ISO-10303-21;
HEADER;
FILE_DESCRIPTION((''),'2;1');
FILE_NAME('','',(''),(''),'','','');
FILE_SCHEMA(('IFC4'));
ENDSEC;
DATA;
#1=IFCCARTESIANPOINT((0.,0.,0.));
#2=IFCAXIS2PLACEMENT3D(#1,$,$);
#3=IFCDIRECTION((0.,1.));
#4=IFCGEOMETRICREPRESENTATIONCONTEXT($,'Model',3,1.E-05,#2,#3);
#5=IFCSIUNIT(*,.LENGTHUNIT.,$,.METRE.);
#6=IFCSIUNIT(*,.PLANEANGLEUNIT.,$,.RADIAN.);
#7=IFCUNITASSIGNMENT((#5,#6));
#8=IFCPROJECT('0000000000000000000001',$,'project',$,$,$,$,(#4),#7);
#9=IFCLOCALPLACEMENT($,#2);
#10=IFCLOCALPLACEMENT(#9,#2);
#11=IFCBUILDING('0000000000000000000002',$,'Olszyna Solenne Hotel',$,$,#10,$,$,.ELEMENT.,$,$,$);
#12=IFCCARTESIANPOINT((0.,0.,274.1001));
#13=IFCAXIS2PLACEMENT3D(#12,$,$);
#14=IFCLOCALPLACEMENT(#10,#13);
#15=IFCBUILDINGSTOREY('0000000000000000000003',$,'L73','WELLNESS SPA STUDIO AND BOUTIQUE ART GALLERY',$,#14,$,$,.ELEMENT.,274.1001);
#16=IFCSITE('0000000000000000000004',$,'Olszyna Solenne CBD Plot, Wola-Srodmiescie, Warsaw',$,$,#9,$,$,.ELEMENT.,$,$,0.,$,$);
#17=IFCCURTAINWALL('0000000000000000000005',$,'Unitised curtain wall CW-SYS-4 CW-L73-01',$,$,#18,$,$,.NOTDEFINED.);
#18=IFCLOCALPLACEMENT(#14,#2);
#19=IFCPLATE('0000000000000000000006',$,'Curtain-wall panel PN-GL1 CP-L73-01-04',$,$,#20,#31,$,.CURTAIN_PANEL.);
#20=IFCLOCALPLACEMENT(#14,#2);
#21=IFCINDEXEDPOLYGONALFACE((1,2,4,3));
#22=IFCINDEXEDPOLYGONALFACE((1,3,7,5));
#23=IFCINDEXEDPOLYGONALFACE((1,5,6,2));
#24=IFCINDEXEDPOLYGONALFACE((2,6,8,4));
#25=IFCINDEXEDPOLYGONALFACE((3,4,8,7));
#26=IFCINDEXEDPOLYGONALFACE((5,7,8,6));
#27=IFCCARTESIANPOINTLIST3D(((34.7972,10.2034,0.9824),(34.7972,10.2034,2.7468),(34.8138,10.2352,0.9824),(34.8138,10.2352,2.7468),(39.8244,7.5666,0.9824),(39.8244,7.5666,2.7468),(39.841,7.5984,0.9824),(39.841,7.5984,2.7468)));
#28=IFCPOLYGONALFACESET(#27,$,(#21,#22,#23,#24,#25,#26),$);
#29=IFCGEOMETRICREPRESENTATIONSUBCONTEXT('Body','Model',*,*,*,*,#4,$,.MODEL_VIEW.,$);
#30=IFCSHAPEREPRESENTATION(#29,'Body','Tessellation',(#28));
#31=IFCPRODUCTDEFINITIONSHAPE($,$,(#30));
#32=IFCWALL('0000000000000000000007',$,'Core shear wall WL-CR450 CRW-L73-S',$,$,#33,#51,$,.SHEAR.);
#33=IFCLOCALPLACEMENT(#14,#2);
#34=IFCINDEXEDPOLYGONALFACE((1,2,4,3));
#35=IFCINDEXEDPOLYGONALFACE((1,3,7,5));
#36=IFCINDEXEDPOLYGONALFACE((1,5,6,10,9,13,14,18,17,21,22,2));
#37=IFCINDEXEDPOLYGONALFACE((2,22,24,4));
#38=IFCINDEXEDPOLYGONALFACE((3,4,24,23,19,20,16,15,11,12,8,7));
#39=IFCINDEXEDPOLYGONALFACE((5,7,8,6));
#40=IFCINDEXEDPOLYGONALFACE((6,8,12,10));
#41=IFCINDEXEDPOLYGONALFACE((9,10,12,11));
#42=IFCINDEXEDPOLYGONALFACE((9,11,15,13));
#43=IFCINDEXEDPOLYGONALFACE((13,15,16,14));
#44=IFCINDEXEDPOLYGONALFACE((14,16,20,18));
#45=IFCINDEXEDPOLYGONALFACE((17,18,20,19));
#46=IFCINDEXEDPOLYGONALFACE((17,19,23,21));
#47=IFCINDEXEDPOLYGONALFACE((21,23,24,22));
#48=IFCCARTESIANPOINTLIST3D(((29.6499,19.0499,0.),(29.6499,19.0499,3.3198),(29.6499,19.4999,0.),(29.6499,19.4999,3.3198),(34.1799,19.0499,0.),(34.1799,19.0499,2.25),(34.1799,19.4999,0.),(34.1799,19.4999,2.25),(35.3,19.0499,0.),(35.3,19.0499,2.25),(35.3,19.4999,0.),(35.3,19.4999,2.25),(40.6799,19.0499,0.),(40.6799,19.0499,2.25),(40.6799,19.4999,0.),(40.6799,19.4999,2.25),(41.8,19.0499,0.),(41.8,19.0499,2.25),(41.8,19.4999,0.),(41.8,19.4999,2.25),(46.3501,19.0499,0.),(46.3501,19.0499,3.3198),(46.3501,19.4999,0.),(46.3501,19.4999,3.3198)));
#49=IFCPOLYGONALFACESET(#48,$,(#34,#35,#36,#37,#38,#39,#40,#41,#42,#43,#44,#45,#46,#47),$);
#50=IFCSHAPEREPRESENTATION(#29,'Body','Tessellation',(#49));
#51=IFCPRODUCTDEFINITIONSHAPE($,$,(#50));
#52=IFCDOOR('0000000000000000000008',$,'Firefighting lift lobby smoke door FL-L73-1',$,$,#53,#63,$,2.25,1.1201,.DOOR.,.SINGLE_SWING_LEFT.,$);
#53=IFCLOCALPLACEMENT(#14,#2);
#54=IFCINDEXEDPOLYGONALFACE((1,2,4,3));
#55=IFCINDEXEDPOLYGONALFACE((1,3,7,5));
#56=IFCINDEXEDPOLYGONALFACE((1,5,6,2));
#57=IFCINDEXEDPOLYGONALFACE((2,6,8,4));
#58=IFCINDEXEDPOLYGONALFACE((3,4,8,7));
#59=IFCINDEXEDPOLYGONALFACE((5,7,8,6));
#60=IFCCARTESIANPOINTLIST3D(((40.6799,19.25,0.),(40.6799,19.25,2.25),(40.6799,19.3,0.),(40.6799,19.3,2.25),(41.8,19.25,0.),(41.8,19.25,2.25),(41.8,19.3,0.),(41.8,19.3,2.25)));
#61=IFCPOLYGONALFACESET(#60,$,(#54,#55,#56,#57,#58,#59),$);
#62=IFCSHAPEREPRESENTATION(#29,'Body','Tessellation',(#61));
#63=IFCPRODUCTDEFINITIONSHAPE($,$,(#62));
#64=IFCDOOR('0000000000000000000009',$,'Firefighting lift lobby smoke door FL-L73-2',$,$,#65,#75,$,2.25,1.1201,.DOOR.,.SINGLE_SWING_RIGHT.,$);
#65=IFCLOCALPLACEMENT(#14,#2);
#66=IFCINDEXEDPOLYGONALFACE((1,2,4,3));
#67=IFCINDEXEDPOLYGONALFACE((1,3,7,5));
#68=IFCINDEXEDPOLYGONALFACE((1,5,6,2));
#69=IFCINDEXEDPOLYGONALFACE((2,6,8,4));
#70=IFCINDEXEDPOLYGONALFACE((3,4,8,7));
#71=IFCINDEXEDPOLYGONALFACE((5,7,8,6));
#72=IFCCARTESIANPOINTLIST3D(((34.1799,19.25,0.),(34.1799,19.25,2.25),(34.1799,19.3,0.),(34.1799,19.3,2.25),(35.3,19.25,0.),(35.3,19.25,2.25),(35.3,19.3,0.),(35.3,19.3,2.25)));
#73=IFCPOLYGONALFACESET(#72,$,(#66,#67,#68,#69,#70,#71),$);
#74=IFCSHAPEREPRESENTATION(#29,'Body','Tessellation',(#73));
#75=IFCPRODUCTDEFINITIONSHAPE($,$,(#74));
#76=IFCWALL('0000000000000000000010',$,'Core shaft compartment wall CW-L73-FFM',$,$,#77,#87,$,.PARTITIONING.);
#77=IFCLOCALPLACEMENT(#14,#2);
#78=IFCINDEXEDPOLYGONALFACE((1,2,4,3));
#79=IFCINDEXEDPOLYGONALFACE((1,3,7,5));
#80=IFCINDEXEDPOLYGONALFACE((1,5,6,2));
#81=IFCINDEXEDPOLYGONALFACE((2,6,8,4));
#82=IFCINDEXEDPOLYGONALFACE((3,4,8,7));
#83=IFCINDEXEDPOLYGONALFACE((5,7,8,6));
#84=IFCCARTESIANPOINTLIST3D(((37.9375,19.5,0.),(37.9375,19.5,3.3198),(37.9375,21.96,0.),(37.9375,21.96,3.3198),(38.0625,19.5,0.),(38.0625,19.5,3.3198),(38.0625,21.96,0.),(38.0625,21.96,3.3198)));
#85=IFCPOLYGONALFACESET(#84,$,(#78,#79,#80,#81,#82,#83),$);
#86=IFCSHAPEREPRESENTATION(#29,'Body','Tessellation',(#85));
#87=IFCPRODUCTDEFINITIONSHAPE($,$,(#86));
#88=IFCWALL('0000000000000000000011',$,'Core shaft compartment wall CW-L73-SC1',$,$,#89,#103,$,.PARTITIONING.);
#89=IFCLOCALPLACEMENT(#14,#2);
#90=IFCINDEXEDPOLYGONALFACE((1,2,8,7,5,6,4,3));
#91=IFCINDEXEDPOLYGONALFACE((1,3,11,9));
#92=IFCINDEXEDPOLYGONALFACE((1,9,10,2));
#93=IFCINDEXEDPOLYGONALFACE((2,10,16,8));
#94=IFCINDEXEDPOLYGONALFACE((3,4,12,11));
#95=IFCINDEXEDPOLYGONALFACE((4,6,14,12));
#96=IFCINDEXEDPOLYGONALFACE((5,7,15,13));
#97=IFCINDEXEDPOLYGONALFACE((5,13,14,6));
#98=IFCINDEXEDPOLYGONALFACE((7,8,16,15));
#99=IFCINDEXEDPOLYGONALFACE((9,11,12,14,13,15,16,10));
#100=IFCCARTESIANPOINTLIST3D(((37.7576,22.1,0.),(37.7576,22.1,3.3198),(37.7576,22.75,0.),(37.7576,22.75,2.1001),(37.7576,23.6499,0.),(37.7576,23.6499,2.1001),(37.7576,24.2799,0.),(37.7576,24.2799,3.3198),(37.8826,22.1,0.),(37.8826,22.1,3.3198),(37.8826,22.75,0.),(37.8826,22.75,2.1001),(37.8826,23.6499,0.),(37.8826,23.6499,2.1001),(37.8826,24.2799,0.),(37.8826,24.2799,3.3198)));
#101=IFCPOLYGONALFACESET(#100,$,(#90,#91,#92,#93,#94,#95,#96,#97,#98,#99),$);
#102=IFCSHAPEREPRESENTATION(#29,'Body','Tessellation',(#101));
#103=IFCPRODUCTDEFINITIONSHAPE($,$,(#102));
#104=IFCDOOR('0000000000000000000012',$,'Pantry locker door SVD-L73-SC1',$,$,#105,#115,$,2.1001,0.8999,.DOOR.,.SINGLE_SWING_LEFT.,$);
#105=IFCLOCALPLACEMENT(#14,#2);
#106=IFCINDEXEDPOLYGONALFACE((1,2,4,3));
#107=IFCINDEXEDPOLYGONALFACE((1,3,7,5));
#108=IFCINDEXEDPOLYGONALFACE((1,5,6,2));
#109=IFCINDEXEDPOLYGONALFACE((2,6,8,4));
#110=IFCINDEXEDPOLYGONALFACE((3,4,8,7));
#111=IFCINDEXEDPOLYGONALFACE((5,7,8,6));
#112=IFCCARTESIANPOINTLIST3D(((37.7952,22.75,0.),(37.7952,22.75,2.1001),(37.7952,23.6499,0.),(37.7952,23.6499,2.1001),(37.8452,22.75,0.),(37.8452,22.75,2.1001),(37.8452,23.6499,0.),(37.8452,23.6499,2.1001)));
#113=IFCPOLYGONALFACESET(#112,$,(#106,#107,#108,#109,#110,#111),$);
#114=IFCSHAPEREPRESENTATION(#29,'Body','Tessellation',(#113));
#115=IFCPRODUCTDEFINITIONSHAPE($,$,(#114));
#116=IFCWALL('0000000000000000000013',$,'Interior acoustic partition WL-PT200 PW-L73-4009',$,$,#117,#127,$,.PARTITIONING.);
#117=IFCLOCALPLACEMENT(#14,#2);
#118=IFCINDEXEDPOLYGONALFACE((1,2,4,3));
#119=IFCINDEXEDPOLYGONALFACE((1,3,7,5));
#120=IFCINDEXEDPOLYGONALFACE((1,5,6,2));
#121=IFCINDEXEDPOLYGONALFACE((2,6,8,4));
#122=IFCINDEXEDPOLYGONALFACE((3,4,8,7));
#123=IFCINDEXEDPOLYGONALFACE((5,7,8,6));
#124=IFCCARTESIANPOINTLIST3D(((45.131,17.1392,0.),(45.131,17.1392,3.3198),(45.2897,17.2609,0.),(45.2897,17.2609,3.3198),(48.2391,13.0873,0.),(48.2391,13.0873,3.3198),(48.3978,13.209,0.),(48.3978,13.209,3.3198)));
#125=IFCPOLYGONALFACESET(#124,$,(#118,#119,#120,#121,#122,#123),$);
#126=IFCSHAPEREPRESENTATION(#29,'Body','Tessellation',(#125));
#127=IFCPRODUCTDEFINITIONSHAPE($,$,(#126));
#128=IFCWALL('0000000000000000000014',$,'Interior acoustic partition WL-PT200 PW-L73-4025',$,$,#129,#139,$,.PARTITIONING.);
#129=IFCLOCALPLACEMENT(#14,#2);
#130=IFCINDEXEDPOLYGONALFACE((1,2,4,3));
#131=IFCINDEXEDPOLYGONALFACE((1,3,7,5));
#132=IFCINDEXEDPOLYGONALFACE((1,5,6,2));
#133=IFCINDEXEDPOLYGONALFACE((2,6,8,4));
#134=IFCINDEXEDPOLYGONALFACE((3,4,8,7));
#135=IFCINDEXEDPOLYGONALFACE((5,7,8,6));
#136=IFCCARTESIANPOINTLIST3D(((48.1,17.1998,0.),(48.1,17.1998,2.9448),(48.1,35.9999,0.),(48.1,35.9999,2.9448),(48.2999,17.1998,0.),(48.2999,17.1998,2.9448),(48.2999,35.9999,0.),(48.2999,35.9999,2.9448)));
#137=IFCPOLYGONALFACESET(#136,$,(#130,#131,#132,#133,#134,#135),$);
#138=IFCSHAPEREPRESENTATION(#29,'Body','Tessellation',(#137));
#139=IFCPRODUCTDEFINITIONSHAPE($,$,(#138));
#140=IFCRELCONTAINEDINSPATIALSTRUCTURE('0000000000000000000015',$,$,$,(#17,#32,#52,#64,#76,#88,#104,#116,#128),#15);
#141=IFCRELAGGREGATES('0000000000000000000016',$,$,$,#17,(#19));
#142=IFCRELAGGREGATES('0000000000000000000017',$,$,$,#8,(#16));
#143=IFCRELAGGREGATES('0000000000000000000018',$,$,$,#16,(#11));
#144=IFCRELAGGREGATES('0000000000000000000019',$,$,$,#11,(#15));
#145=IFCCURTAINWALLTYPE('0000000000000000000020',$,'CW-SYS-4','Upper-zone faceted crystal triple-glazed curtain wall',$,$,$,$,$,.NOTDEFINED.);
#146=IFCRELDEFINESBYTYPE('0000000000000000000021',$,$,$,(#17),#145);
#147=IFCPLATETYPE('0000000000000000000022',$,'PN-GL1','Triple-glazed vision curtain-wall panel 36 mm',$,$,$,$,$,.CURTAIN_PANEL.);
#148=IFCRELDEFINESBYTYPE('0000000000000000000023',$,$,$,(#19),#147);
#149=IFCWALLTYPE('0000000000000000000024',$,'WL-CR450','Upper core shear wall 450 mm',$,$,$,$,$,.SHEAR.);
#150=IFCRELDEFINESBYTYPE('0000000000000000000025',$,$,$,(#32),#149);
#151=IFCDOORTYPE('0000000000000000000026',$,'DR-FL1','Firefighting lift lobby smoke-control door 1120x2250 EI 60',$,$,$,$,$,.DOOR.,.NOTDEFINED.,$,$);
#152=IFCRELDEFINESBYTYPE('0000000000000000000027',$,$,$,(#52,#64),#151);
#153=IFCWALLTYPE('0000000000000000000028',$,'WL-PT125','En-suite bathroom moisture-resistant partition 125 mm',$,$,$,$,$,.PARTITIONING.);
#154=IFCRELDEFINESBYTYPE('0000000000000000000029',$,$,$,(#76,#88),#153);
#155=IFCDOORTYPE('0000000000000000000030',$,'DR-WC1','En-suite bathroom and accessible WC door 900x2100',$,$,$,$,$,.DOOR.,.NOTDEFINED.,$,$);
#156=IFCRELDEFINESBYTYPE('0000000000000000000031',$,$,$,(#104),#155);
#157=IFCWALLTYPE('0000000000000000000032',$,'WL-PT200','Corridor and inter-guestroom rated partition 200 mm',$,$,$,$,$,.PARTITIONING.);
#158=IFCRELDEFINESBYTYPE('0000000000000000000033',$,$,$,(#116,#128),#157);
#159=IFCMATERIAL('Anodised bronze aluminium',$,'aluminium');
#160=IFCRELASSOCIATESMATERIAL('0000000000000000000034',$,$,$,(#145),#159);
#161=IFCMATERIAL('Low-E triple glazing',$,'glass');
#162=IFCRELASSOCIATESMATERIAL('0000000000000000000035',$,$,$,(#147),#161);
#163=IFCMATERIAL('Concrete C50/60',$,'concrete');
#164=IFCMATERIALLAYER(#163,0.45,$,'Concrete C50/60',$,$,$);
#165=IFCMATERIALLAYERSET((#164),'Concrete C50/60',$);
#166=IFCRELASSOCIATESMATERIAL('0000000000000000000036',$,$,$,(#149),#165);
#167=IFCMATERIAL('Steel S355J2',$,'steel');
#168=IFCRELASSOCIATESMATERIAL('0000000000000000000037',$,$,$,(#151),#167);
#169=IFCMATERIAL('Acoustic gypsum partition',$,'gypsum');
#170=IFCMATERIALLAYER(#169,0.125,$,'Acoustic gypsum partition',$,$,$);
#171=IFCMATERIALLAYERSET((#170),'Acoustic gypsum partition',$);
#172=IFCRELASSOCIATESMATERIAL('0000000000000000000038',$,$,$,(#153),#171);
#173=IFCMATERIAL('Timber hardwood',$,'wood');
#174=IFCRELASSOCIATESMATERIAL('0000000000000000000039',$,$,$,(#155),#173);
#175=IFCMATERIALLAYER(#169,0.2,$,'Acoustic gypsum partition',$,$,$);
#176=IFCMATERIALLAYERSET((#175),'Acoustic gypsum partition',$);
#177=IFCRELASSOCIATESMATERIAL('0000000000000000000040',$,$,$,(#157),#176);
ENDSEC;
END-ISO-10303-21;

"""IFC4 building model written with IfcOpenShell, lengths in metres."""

from ifc_helpers import new_model, si_unit, direction, frame, frame_2d, origin, origin_2d, place, context, subcontext, project, spatial, rectangle, extrude, source, transform, mapped, material, layer, layer_set, type_object, type_shapes, element, fill, aggregate, save


model = new_model("IFC4")

# Units and contexts
model_context = context("Model", 3, precision=1e-05, world=origin(), true_north=direction((0.0, 1.0)))
body_context = subcontext(model_context, "Body", "Model", "MODEL_VIEW")
ifc_project = project(units=[si_unit("LENGTHUNIT", "METRE"), si_unit("PLANEANGLEUNIT", "RADIAN")], contexts=[model_context])

# Site, building, storey
site_placement = place(None, origin())
site = spatial("IfcSite", under=ifc_project, at=site_placement, Name="Olszyna Solenne CBD Plot, Wola-Srodmiescie, Warsaw", CompositionType="ELEMENT", RefElevation=0.0)
building_placement = place(site_placement, origin())
building = spatial("IfcBuilding", under=site, at=building_placement, Name="Olszyna Solenne Hotel", CompositionType="ELEMENT")
storey_placement = place(building_placement, frame((0.0, 0.0, 274.1001)))
storey = spatial("IfcBuildingStorey", under=building, at=storey_placement, Name="L73", Description="WELLNESS SPA STUDIO AND BOUTIQUE ART GALLERY", CompositionType="ELEMENT", Elevation=274.1001)

# Shared definitions
ifc_material_1 = material(Name="Steel S355J2", Category="steel")

# Curtain wall
ifc_material_2 = material(Name="Anodised bronze aluminium", Category="aluminium")
curtain_wall_type = type_object("IfcCurtainWallType", Name="CW-SYS-4", Description="Upper-zone faceted crystal triple-glazed curtain wall", PredefinedType="NOTDEFINED", material=ifc_material_2)
curtain_wall_placement = place(storey_placement, origin())
curtain_wall = element("IfcCurtainWall", 1, at=curtain_wall_placement, inside=storey, type_object=curtain_wall_type, Name="Unitised curtain wall CW-SYS-4 CW-L73-01", PredefinedType="NOTDEFINED")

# Shared definitions
ifc_material_3 = material(Name="Concrete C50/60", Category="concrete")

# Plate
ifc_material_4 = material(Name="Low-E triple glazing", Category="glass")
plate_type_1 = type_object("IfcPlateType", Name="PN-GL1", Description="Triple-glazed vision curtain-wall panel 36 mm", PredefinedType="CURTAIN_PANEL", material=ifc_material_4)
shared_shape_1 = source(origin(), body_context, "Body", "SweptSolid", [
    extrude(rectangle(XDim=5.6768, YDim=0.0359, at=origin_2d()), origin(), (0.0, 0.0, 1.0), 1.7644),
])
plate_1_placement = place(storey_placement, frame((37.3191, 8.9009, 0.9824), z_axis=(0.0, 0.0, 1.0), x_axis=(0.885576, -0.464494, 0.0)))
plate_1 = element("IfcPlate", 2, at=plate_1_placement, type_object=plate_type_1, Name="Curtain-wall panel PN-GL1 CP-L73-01-04", PredefinedType="CURTAIN_PANEL", context=body_context, shape_type="MappedRepresentation", body=[
    mapped(shared_shape_1, transform((0.0, 0.0, 0.0), x_axis=(1.0, 0.0, 0.0), y_axis=(0.0, 1.0, 0.0), z_axis=(0.0, 0.0, 1.0), scale=1.0)),
])
aggregate(curtain_wall, [plate_1])

# Wall, openings, doors
ifc_layer_1 = layer(ifc_material_3, 0.45, Name="Concrete C50/60")
ifc_layer_set_1 = layer_set([ifc_layer_1], Name="Concrete C50/60")
wall_type_1 = type_object("IfcWallType", Name="WL-CR450", Description="Upper core shear wall 450 mm", PredefinedType="SHEAR", material=ifc_layer_set_1)
wall_1_placement = place(storey_placement, frame((46.3501, 19.2749, 0.0), z_axis=(0.0, 0.0, 1.0), x_axis=(-1.0, 0.0, 0.0)))
wall_1 = element("IfcWall", 3, at=wall_1_placement, inside=storey, type_object=wall_type_1, Name="Core shear wall WL-CR450 CRW-L73-S", PredefinedType="SHEAR", context=body_context, shape_type="SweptSolid", body=[
    extrude(rectangle(XDim=16.7002, YDim=0.45, at=frame_2d((8.3501, 0.0))), origin(), (0.0, 0.0, 1.0), 3.3198),
])
opening_1_placement = place(wall_1_placement, frame((4.55, 0.0, 0.0)))
opening_1 = element("IfcOpeningElement", 4, at=opening_1_placement, cuts=wall_1, PredefinedType="OPENING", context=body_context, shape_type="SweptSolid", body=[
    extrude(rectangle(XDim=1.1201, YDim=2.25, at=frame_2d((0.5601, 1.125))), frame((0.0, 0.2349, 0.0), z_axis=(0.0, -1.0, 0.0), x_axis=(1.0, 0.0, 0.0)), (0.0, 0.0, 1.0), 0.47),
])
opening_2_placement = place(wall_1_placement, frame((11.05, 0.0, 0.0)))
opening_2 = element("IfcOpeningElement", 5, at=opening_2_placement, cuts=wall_1, PredefinedType="OPENING", context=body_context, shape_type="SweptSolid", body=[
    extrude(rectangle(XDim=1.1201, YDim=2.25, at=frame_2d((0.5601, 1.125))), frame((0.0, 0.2349, 0.0), z_axis=(0.0, -1.0, 0.0), x_axis=(1.0, 0.0, 0.0)), (0.0, 0.0, 1.0), 0.47),
])
door_type_1 = type_object("IfcDoorType", Name="DR-FL1", Description="Firefighting lift lobby smoke-control door 1120x2250 EI 60", OperationType="NOTDEFINED", PredefinedType="DOOR", material=ifc_material_1)
shared_shape_2 = source(origin(), body_context, "Body", "SweptSolid", [
    extrude(rectangle(XDim=1.1201, YDim=2.25, at=frame_2d((0.5601, 1.125))), frame((0.0, 0.0249, 0.0), z_axis=(0.0, -1.0, 0.0), x_axis=(1.0, 0.0, 0.0)), (0.0, 0.0, 1.0), 0.05),
])
type_shapes(door_type_1, [shared_shape_2])
door_1_placement = place(opening_1_placement, origin())
door_1 = element("IfcDoor", 6, at=door_1_placement, inside=storey, type_object=door_type_1, Name="Firefighting lift lobby smoke door FL-L73-1", OperationType="SINGLE_SWING_LEFT", OverallHeight=2.25, OverallWidth=1.1201, PredefinedType="DOOR", context=body_context, shape_type="MappedRepresentation", body=[
    mapped(shared_shape_2, transform((0.0, 0.0, 0.0), x_axis=(1.0, 0.0, 0.0), y_axis=(0.0, 1.0, 0.0), z_axis=(0.0, 0.0, 1.0), scale=1.0)),
])
fill(opening_1, door_1)
door_2_placement = place(opening_2_placement, origin())
door_2 = element("IfcDoor", 7, at=door_2_placement, inside=storey, type_object=door_type_1, Name="Firefighting lift lobby smoke door FL-L73-2", OperationType="SINGLE_SWING_RIGHT", OverallHeight=2.25, OverallWidth=1.1201, PredefinedType="DOOR", context=body_context, shape_type="MappedRepresentation", body=[
    mapped(shared_shape_2, transform((0.0, 0.0, 0.0), x_axis=(1.0, 0.0, 0.0), y_axis=(0.0, 1.0, 0.0), z_axis=(0.0, 0.0, 1.0), scale=1.0)),
])
fill(opening_2, door_2)

# Wall
ifc_material_5 = material(Name="Acoustic gypsum partition", Category="gypsum")
ifc_layer_2 = layer(ifc_material_5, 0.125, Name="Acoustic gypsum partition")
ifc_layer_set_2 = layer_set([ifc_layer_2], Name="Acoustic gypsum partition")
wall_type_2 = type_object("IfcWallType", Name="WL-PT125", Description="En-suite bathroom moisture-resistant partition 125 mm", PredefinedType="PARTITIONING", material=ifc_layer_set_2)
wall_2_placement = place(storey_placement, frame((38.0, 19.5, 0.0), z_axis=(0.0, 0.0, 1.0), x_axis=(0.0, 1.0, 0.0)))
element("IfcWall", 8, at=wall_2_placement, inside=storey, type_object=wall_type_2, Name="Core shaft compartment wall CW-L73-FFM", PredefinedType="PARTITIONING", context=body_context, shape_type="SweptSolid", body=[
    extrude(rectangle(XDim=2.46, YDim=0.125, at=frame_2d((1.23, 0.0))), origin(), (0.0, 0.0, 1.0), 3.3198),
])

# Wall, opening, door
wall_3_placement = place(storey_placement, frame((37.8201, 22.1001, 0.0), z_axis=(0.0, 0.0, 1.0), x_axis=(0.0, 1.0, 0.0)))
wall_3 = element("IfcWall", 9, at=wall_3_placement, inside=storey, type_object=wall_type_2, Name="Core shaft compartment wall CW-L73-SC1", PredefinedType="PARTITIONING", context=body_context, shape_type="SweptSolid", body=[
    extrude(rectangle(XDim=2.1799, YDim=0.125, at=frame_2d((1.0898, 0.0))), origin(), (0.0, 0.0, 1.0), 3.3198),
])
opening_3_placement = place(wall_3_placement, frame((0.6499, 0.0, 0.0)))
opening_3 = element("IfcOpeningElement", 10, at=opening_3_placement, cuts=wall_3, PredefinedType="OPENING", context=body_context, shape_type="SweptSolid", body=[
    extrude(rectangle(XDim=0.8999, YDim=2.1001, at=frame_2d((0.45, 1.05))), frame((0.0, 0.0725, 0.0), z_axis=(0.0, -1.0, 0.0), x_axis=(1.0, 0.0, 0.0)), (0.0, 0.0, 1.0), 0.145),
])
ifc_material_6 = material(Name="Timber hardwood", Category="wood")
door_type_2 = type_object("IfcDoorType", Name="DR-WC1", Description="En-suite bathroom and accessible WC door 900x2100", OperationType="NOTDEFINED", PredefinedType="DOOR", material=ifc_material_6)
shared_shape_3 = source(origin(), body_context, "Body", "SweptSolid", [
    extrude(rectangle(XDim=0.8999, YDim=2.1001, at=frame_2d((0.45, 1.05))), frame((0.0, 0.0249, 0.0), z_axis=(0.0, -1.0, 0.0), x_axis=(1.0, 0.0, 0.0)), (0.0, 0.0, 1.0), 0.05),
])
type_shapes(door_type_2, [shared_shape_3])
door_3_placement = place(opening_3_placement, origin())
door_3 = element("IfcDoor", 11, at=door_3_placement, inside=storey, type_object=door_type_2, Name="Pantry locker door SVD-L73-SC1", OperationType="SINGLE_SWING_LEFT", OverallHeight=2.1001, OverallWidth=0.8999, PredefinedType="DOOR", context=body_context, shape_type="MappedRepresentation", body=[
    mapped(shared_shape_3, transform((0.0, 0.0, 0.0), x_axis=(1.0, 0.0, 0.0), y_axis=(0.0, 1.0, 0.0), z_axis=(0.0, 0.0, 1.0), scale=1.0)),
])
fill(opening_3, door_3)

# Walls
ifc_layer_3 = layer(ifc_material_5, 0.2, Name="Acoustic gypsum partition")
ifc_layer_set_3 = layer_set([ifc_layer_3], Name="Acoustic gypsum partition")
wall_type_3 = type_object("IfcWallType", Name="WL-PT200", Description="Corridor and inter-guestroom rated partition 200 mm", PredefinedType="PARTITIONING", material=ifc_layer_set_3)
wall_4_placement = place(storey_placement, frame((45.2104, 17.2, 0.0), z_axis=(0.0, 0.0, 1.0), x_axis=(0.608631, -0.793453, 0.0)))
element("IfcWall", 12, at=wall_4_placement, inside=storey, type_object=wall_type_3, Name="Interior acoustic partition WL-PT200 PW-L73-4009", PredefinedType="PARTITIONING", context=body_context, shape_type="SweptSolid", body=[
    extrude(rectangle(XDim=5.1067, YDim=0.2, at=frame_2d((2.5532, 0.0))), origin(), (0.0, 0.0, 1.0), 3.3198),
])
wall_5_placement = place(storey_placement, frame((48.2, 17.2, 0.0), z_axis=(0.0, 0.0, 1.0), x_axis=(0.0, 1.0, 0.0)))
element("IfcWall", 13, at=wall_5_placement, inside=storey, type_object=wall_type_3, Name="Interior acoustic partition WL-PT200 PW-L73-4025", PredefinedType="PARTITIONING", context=body_context, shape_type="SweptSolid", body=[
    extrude(rectangle(XDim=18.8, YDim=0.2, at=frame_2d((9.3999, 0.0))), origin(), (0.0, 0.0, 1.0), 2.9448),
])

save(model, "model.ifc")
